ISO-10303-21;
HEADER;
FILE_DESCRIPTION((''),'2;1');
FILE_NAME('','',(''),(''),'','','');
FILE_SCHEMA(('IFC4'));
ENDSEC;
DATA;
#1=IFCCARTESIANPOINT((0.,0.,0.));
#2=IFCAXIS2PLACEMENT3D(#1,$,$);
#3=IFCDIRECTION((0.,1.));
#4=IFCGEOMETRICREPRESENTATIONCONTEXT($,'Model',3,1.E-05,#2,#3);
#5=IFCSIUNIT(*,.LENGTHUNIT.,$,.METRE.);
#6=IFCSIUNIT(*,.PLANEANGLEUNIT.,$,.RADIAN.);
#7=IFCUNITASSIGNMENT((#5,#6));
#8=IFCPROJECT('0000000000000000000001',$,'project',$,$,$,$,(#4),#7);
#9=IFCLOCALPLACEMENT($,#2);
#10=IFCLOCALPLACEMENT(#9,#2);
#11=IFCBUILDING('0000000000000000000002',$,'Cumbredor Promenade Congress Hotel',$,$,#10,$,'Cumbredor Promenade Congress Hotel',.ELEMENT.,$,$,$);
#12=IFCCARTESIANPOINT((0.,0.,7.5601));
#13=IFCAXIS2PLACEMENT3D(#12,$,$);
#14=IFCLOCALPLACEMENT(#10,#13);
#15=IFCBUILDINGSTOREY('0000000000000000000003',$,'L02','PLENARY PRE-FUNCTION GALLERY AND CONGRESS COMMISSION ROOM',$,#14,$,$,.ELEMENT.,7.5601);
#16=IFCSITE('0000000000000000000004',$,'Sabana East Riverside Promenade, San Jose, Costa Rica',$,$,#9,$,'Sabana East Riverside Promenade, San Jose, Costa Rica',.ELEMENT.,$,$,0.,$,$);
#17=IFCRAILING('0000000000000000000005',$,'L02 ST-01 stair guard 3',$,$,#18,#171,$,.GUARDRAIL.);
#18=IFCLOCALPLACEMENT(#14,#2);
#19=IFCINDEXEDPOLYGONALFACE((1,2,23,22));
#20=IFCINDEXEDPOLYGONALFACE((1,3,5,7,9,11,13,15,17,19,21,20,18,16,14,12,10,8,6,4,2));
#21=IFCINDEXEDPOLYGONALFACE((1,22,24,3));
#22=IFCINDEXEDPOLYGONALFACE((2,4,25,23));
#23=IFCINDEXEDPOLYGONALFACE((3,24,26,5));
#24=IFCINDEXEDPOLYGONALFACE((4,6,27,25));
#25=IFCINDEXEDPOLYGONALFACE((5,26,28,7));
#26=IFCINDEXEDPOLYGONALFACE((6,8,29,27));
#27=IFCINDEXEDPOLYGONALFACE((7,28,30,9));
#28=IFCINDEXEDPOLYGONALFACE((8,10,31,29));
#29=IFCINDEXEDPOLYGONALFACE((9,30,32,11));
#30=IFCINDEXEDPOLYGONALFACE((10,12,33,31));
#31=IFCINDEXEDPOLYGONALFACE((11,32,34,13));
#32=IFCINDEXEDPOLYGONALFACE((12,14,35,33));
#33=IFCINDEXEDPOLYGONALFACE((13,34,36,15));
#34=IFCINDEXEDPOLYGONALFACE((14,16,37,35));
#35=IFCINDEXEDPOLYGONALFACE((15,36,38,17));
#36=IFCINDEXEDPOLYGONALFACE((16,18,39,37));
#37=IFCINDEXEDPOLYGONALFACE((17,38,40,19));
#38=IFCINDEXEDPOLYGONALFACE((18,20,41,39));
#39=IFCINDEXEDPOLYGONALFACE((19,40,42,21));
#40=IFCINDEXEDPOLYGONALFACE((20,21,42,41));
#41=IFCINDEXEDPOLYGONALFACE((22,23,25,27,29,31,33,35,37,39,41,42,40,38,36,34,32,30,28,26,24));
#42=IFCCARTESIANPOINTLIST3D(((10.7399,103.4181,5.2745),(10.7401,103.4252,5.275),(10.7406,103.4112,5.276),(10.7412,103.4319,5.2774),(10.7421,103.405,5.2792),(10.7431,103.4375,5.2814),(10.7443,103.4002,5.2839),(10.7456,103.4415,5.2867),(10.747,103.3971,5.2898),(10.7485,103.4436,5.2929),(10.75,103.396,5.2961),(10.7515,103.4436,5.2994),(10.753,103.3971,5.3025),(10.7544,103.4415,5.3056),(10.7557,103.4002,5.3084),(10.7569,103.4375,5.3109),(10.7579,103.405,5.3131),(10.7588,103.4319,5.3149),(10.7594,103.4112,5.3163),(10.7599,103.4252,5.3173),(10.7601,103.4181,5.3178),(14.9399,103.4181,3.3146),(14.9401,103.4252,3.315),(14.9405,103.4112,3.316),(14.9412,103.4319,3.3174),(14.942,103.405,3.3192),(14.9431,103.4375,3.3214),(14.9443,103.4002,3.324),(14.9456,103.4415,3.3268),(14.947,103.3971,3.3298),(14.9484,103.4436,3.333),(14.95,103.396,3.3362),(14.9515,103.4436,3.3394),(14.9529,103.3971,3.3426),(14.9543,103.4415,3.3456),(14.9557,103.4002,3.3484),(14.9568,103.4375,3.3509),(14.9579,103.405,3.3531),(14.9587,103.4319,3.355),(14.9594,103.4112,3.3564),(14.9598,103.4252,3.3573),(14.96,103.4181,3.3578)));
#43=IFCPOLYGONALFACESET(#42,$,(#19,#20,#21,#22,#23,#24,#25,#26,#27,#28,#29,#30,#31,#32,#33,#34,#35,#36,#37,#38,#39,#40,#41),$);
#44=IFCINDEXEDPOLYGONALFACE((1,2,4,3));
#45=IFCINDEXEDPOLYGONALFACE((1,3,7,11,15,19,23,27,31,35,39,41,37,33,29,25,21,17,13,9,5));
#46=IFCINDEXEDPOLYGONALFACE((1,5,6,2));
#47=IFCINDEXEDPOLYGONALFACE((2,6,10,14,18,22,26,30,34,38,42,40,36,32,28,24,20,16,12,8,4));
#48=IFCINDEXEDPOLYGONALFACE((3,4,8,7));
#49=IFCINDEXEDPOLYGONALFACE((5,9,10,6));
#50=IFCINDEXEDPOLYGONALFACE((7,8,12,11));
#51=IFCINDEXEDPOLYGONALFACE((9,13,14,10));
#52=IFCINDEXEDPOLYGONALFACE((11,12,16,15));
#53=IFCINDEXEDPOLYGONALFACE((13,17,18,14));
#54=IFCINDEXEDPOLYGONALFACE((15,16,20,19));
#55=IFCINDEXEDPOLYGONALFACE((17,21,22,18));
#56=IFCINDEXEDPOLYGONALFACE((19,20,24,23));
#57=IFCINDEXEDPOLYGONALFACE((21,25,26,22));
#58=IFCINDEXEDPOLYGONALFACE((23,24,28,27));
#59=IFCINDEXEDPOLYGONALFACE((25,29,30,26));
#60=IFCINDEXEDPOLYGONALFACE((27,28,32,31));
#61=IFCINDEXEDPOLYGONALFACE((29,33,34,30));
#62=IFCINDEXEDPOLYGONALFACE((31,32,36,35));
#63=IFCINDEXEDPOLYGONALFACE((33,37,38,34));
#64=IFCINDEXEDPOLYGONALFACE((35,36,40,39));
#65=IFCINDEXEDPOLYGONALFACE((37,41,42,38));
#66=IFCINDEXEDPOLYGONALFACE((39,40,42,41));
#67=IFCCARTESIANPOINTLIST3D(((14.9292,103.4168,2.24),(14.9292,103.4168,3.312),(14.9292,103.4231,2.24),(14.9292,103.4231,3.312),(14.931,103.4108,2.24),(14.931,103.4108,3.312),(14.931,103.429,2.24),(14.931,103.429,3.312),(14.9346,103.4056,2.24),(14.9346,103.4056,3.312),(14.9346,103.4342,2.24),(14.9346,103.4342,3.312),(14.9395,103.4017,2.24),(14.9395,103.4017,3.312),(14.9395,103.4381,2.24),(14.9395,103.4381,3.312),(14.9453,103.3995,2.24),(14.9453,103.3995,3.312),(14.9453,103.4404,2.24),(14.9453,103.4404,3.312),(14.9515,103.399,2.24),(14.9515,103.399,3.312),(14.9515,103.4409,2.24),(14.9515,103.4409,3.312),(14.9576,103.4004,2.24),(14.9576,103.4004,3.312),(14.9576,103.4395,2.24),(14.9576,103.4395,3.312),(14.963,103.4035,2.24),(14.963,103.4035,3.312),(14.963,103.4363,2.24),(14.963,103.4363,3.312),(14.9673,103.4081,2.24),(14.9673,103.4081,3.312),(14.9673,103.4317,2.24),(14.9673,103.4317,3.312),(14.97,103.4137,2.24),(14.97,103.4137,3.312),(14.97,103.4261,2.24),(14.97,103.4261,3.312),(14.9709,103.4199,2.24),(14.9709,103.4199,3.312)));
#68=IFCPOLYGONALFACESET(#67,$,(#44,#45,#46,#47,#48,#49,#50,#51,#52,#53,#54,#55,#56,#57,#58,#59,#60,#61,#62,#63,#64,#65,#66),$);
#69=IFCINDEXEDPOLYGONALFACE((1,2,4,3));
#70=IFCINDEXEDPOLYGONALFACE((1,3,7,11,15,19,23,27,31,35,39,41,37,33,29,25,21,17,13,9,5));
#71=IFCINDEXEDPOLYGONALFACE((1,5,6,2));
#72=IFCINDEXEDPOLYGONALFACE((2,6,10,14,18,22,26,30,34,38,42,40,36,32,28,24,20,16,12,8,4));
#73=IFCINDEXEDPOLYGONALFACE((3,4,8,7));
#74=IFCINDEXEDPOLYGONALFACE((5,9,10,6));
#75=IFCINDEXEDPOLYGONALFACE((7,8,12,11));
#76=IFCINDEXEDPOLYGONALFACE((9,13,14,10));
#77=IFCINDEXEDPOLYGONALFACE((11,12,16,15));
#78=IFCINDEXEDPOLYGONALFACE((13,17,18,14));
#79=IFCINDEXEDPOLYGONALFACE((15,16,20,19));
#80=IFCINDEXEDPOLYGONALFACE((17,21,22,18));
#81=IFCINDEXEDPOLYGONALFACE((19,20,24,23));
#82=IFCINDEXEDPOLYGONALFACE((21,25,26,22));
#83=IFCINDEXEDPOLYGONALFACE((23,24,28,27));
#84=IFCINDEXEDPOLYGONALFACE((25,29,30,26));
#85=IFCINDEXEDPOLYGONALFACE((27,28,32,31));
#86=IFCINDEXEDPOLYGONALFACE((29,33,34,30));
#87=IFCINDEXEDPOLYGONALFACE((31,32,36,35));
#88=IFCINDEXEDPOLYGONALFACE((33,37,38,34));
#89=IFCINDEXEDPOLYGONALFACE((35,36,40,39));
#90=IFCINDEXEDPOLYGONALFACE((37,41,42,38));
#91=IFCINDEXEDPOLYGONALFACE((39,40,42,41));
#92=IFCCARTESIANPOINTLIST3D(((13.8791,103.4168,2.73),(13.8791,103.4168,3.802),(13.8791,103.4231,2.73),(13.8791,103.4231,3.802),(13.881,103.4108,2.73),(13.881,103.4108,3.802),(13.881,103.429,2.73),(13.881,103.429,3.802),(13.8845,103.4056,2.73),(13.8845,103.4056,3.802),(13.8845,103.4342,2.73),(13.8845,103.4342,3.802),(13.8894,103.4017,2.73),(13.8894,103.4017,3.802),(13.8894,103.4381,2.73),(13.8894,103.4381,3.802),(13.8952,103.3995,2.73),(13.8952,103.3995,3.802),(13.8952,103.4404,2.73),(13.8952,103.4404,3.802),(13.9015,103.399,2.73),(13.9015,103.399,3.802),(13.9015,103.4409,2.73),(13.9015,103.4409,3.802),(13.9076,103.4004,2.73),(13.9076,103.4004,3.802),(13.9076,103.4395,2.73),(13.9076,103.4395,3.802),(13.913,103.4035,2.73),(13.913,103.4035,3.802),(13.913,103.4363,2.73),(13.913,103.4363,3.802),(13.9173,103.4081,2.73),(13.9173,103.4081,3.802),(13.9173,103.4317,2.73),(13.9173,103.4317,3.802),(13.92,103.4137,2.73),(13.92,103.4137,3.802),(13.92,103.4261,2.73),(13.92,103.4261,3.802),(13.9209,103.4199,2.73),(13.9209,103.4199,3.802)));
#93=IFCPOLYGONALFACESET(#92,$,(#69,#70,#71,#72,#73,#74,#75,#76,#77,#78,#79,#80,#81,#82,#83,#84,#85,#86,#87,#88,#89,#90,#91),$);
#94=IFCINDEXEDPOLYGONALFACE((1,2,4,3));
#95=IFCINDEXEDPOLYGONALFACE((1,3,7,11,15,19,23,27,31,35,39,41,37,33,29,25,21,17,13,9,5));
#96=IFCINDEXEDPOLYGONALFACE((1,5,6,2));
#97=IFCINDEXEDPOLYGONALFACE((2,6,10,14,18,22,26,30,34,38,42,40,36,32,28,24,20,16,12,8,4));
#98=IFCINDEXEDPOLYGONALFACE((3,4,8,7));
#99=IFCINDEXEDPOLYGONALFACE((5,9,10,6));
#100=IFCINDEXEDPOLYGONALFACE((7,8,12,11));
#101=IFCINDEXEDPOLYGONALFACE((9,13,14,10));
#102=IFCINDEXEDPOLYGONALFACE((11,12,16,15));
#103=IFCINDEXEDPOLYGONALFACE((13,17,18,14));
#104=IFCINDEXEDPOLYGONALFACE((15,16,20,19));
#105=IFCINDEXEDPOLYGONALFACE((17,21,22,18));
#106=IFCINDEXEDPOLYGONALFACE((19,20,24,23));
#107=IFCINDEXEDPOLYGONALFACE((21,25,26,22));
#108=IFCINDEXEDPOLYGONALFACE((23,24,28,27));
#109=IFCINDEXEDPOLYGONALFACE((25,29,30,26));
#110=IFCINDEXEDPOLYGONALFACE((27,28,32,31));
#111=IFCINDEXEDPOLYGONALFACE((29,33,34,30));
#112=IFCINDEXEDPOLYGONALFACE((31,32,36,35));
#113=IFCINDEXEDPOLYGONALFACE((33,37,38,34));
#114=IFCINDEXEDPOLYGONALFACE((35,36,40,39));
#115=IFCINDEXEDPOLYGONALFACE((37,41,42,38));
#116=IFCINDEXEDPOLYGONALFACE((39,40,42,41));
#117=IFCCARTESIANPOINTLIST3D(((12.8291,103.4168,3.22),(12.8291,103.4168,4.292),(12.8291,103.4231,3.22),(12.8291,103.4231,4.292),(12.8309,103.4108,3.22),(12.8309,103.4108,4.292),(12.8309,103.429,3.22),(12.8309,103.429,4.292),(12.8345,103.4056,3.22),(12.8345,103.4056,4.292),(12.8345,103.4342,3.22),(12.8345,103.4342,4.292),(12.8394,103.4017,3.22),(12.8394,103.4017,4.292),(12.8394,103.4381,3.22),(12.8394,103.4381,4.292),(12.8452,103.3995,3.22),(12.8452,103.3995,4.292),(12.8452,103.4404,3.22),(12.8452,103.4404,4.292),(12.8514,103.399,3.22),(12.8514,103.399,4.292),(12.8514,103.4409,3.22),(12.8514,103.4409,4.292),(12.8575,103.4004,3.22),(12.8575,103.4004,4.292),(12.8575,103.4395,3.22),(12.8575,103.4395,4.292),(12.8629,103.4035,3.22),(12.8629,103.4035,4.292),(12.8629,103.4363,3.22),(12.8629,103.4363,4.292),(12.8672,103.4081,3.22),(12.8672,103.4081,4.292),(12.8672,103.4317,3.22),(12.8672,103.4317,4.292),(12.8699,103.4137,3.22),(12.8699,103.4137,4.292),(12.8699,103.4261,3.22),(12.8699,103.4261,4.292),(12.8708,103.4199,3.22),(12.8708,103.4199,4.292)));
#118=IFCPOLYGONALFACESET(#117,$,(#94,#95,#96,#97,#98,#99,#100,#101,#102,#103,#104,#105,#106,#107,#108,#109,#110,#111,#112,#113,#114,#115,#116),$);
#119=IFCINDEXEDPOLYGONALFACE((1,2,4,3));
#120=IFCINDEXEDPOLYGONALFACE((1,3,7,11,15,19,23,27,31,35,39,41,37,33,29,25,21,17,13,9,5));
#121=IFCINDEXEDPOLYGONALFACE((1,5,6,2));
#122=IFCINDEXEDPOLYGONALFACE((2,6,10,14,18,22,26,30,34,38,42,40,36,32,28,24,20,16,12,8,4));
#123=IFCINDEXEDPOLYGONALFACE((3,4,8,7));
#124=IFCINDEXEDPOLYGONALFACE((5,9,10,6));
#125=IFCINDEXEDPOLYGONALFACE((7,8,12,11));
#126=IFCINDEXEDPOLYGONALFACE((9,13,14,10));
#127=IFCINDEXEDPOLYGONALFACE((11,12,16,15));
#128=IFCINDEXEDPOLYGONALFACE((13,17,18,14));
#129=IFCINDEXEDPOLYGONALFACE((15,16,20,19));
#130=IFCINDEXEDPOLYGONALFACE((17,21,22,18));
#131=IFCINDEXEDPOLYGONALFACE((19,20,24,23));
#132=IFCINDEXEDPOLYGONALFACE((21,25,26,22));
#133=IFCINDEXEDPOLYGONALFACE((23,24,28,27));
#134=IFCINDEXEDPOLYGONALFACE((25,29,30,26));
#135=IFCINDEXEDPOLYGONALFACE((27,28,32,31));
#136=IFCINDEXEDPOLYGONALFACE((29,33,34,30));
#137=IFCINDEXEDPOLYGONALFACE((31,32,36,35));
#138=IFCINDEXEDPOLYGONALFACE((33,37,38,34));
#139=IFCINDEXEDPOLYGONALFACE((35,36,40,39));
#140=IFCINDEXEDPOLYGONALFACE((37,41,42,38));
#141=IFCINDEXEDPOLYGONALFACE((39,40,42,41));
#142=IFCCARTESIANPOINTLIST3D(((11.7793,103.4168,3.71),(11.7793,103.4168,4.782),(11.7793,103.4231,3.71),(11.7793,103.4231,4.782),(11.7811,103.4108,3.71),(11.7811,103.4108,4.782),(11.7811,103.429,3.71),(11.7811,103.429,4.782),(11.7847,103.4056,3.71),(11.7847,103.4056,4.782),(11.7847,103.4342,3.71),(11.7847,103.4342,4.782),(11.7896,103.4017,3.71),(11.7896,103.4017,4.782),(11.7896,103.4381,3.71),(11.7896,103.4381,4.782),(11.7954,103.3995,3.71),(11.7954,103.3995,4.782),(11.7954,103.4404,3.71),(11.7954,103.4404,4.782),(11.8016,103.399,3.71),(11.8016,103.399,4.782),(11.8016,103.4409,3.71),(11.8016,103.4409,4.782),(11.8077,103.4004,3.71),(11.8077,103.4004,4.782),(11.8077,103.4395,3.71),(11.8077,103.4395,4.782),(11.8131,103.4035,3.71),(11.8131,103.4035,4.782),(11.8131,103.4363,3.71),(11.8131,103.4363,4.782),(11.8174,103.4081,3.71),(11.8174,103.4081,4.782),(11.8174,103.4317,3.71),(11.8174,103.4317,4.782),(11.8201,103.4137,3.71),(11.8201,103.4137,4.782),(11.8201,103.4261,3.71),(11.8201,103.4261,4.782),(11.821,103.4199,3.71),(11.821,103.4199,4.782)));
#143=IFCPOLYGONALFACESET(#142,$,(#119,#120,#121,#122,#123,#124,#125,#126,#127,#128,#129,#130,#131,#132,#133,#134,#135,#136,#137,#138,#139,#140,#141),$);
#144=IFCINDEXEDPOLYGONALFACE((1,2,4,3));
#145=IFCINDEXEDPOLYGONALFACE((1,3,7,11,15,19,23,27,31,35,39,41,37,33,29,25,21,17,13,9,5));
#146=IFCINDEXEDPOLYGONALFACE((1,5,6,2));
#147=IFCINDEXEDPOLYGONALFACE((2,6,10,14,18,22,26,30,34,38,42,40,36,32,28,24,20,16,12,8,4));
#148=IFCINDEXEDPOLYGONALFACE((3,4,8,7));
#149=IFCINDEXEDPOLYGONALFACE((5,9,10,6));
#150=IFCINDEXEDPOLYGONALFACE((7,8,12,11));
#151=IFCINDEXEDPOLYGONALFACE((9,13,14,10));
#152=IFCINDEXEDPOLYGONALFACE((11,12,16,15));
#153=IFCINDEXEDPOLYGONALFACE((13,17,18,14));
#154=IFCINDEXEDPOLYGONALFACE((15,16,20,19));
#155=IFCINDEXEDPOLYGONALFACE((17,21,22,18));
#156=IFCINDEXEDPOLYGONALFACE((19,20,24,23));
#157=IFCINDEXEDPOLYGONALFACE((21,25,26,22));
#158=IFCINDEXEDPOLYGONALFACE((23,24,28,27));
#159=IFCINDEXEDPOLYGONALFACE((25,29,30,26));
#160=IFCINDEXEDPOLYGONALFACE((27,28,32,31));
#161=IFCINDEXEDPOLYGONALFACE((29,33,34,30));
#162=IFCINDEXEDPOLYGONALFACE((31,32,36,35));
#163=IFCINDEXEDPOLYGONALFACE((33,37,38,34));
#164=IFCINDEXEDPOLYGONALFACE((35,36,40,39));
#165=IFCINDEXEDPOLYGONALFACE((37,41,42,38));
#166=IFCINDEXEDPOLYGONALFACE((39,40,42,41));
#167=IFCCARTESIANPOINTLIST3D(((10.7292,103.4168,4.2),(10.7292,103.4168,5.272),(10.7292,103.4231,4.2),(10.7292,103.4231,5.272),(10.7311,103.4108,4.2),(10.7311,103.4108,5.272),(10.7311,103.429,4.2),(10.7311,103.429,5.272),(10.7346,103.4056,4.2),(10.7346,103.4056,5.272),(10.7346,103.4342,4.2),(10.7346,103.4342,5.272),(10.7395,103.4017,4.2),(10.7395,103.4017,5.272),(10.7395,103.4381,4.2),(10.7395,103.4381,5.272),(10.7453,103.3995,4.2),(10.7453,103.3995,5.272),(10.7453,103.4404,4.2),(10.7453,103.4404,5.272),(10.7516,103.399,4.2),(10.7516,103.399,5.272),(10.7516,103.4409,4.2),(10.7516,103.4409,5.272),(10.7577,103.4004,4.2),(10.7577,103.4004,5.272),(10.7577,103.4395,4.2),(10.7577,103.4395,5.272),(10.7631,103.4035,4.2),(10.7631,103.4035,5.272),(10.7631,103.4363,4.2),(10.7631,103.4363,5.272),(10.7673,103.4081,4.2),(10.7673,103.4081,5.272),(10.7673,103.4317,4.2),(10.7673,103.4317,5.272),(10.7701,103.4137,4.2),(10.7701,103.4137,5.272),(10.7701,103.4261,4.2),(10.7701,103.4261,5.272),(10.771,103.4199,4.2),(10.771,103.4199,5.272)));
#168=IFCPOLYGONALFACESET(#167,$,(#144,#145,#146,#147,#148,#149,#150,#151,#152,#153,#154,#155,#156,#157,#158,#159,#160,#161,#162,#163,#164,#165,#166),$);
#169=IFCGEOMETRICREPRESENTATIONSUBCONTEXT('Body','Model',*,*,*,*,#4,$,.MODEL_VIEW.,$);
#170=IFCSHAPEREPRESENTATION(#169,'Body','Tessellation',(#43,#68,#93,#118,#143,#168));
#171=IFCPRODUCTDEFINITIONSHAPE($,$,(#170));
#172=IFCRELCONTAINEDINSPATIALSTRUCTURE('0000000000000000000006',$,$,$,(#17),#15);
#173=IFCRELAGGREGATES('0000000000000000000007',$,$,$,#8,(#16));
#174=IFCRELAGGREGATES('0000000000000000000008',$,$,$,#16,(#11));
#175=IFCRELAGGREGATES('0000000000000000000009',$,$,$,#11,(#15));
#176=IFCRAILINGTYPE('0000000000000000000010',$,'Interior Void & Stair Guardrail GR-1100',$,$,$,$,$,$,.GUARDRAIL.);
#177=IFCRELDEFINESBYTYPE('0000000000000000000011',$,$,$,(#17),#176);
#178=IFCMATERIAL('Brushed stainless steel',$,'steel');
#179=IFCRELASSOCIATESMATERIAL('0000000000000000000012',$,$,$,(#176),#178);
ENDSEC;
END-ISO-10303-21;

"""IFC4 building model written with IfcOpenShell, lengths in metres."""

from ifc_helpers import new_model, si_unit, direction, frame, origin, origin_2d, place, context, subcontext, project, spatial, circle, extrude, material, type_object, element, save


model = new_model("IFC4")

# Units and contexts
model_context = context("Model", 3, precision=1e-05, world=origin(), true_north=direction((0.0, 1.0)))
body_context = subcontext(model_context, "Body", "Model", "MODEL_VIEW")
ifc_project = project(units=[si_unit("LENGTHUNIT", "METRE"), si_unit("PLANEANGLEUNIT", "RADIAN")], contexts=[model_context])

# Site, building, storey
site_placement = place(None, origin())
site = spatial("IfcSite", under=ifc_project, at=site_placement, Name="Sabana East Riverside Promenade, San Jose, Costa Rica", LongName="Sabana East Riverside Promenade, San Jose, Costa Rica", CompositionType="ELEMENT", RefElevation=0.0)
building_placement = place(site_placement, origin())
building = spatial("IfcBuilding", under=site, at=building_placement, Name="Cumbredor Promenade Congress Hotel", LongName="Cumbredor Promenade Congress Hotel", CompositionType="ELEMENT")
storey_placement = place(building_placement, frame((0.0, 0.0, 7.5601)))
storey = spatial("IfcBuildingStorey", under=building, at=storey_placement, Name="L02", Description="PLENARY PRE-FUNCTION GALLERY AND CONGRESS COMMISSION ROOM", CompositionType="ELEMENT", Elevation=7.5601)

# Railing
ifc_material_1 = material(Name="Brushed stainless steel", Category="steel")
railing_type_1 = type_object("IfcRailingType", Name="Interior Void & Stair Guardrail GR-1100", PredefinedType="GUARDRAIL", material=ifc_material_1)
railing_1_placement = place(storey_placement, frame((14.95, 103.4199, 2.24)))
element("IfcRailing", 1, at=railing_1_placement, inside=storey, type_object=railing_type_1, Name="L02 ST-01 stair guard 3", PredefinedType="GUARDRAIL", context=body_context, shape_type="SweptSolid", body=[
    extrude(circle(Radius=0.0239, at=origin_2d()), frame((0.0, 0.0, 1.0962), z_axis=(-0.906184, 0.0, 0.422883), x_axis=(0.0, -1.0, 0.0)), (0.0, 0.0, 1.0), 4.6348),
    extrude(circle(Radius=0.021, at=origin_2d()), origin(), (0.0, 0.0, 1.0), 1.072),
    extrude(circle(Radius=0.021, at=origin_2d()), frame((-1.05, 0.0, 0.49)), (0.0, 0.0, 1.0), 1.072),
    extrude(circle(Radius=0.021, at=origin_2d()), frame((-2.1001, 0.0, 0.98)), (0.0, 0.0, 1.0), 1.072),
    extrude(circle(Radius=0.021, at=origin_2d()), frame((-3.1499, 0.0, 1.47)), (0.0, 0.0, 1.0), 1.072),
    extrude(circle(Radius=0.021, at=origin_2d()), frame((-4.2, 0.0, 1.96)), (0.0, 0.0, 1.0), 1.072),
])

save(model, "model.ifc")
